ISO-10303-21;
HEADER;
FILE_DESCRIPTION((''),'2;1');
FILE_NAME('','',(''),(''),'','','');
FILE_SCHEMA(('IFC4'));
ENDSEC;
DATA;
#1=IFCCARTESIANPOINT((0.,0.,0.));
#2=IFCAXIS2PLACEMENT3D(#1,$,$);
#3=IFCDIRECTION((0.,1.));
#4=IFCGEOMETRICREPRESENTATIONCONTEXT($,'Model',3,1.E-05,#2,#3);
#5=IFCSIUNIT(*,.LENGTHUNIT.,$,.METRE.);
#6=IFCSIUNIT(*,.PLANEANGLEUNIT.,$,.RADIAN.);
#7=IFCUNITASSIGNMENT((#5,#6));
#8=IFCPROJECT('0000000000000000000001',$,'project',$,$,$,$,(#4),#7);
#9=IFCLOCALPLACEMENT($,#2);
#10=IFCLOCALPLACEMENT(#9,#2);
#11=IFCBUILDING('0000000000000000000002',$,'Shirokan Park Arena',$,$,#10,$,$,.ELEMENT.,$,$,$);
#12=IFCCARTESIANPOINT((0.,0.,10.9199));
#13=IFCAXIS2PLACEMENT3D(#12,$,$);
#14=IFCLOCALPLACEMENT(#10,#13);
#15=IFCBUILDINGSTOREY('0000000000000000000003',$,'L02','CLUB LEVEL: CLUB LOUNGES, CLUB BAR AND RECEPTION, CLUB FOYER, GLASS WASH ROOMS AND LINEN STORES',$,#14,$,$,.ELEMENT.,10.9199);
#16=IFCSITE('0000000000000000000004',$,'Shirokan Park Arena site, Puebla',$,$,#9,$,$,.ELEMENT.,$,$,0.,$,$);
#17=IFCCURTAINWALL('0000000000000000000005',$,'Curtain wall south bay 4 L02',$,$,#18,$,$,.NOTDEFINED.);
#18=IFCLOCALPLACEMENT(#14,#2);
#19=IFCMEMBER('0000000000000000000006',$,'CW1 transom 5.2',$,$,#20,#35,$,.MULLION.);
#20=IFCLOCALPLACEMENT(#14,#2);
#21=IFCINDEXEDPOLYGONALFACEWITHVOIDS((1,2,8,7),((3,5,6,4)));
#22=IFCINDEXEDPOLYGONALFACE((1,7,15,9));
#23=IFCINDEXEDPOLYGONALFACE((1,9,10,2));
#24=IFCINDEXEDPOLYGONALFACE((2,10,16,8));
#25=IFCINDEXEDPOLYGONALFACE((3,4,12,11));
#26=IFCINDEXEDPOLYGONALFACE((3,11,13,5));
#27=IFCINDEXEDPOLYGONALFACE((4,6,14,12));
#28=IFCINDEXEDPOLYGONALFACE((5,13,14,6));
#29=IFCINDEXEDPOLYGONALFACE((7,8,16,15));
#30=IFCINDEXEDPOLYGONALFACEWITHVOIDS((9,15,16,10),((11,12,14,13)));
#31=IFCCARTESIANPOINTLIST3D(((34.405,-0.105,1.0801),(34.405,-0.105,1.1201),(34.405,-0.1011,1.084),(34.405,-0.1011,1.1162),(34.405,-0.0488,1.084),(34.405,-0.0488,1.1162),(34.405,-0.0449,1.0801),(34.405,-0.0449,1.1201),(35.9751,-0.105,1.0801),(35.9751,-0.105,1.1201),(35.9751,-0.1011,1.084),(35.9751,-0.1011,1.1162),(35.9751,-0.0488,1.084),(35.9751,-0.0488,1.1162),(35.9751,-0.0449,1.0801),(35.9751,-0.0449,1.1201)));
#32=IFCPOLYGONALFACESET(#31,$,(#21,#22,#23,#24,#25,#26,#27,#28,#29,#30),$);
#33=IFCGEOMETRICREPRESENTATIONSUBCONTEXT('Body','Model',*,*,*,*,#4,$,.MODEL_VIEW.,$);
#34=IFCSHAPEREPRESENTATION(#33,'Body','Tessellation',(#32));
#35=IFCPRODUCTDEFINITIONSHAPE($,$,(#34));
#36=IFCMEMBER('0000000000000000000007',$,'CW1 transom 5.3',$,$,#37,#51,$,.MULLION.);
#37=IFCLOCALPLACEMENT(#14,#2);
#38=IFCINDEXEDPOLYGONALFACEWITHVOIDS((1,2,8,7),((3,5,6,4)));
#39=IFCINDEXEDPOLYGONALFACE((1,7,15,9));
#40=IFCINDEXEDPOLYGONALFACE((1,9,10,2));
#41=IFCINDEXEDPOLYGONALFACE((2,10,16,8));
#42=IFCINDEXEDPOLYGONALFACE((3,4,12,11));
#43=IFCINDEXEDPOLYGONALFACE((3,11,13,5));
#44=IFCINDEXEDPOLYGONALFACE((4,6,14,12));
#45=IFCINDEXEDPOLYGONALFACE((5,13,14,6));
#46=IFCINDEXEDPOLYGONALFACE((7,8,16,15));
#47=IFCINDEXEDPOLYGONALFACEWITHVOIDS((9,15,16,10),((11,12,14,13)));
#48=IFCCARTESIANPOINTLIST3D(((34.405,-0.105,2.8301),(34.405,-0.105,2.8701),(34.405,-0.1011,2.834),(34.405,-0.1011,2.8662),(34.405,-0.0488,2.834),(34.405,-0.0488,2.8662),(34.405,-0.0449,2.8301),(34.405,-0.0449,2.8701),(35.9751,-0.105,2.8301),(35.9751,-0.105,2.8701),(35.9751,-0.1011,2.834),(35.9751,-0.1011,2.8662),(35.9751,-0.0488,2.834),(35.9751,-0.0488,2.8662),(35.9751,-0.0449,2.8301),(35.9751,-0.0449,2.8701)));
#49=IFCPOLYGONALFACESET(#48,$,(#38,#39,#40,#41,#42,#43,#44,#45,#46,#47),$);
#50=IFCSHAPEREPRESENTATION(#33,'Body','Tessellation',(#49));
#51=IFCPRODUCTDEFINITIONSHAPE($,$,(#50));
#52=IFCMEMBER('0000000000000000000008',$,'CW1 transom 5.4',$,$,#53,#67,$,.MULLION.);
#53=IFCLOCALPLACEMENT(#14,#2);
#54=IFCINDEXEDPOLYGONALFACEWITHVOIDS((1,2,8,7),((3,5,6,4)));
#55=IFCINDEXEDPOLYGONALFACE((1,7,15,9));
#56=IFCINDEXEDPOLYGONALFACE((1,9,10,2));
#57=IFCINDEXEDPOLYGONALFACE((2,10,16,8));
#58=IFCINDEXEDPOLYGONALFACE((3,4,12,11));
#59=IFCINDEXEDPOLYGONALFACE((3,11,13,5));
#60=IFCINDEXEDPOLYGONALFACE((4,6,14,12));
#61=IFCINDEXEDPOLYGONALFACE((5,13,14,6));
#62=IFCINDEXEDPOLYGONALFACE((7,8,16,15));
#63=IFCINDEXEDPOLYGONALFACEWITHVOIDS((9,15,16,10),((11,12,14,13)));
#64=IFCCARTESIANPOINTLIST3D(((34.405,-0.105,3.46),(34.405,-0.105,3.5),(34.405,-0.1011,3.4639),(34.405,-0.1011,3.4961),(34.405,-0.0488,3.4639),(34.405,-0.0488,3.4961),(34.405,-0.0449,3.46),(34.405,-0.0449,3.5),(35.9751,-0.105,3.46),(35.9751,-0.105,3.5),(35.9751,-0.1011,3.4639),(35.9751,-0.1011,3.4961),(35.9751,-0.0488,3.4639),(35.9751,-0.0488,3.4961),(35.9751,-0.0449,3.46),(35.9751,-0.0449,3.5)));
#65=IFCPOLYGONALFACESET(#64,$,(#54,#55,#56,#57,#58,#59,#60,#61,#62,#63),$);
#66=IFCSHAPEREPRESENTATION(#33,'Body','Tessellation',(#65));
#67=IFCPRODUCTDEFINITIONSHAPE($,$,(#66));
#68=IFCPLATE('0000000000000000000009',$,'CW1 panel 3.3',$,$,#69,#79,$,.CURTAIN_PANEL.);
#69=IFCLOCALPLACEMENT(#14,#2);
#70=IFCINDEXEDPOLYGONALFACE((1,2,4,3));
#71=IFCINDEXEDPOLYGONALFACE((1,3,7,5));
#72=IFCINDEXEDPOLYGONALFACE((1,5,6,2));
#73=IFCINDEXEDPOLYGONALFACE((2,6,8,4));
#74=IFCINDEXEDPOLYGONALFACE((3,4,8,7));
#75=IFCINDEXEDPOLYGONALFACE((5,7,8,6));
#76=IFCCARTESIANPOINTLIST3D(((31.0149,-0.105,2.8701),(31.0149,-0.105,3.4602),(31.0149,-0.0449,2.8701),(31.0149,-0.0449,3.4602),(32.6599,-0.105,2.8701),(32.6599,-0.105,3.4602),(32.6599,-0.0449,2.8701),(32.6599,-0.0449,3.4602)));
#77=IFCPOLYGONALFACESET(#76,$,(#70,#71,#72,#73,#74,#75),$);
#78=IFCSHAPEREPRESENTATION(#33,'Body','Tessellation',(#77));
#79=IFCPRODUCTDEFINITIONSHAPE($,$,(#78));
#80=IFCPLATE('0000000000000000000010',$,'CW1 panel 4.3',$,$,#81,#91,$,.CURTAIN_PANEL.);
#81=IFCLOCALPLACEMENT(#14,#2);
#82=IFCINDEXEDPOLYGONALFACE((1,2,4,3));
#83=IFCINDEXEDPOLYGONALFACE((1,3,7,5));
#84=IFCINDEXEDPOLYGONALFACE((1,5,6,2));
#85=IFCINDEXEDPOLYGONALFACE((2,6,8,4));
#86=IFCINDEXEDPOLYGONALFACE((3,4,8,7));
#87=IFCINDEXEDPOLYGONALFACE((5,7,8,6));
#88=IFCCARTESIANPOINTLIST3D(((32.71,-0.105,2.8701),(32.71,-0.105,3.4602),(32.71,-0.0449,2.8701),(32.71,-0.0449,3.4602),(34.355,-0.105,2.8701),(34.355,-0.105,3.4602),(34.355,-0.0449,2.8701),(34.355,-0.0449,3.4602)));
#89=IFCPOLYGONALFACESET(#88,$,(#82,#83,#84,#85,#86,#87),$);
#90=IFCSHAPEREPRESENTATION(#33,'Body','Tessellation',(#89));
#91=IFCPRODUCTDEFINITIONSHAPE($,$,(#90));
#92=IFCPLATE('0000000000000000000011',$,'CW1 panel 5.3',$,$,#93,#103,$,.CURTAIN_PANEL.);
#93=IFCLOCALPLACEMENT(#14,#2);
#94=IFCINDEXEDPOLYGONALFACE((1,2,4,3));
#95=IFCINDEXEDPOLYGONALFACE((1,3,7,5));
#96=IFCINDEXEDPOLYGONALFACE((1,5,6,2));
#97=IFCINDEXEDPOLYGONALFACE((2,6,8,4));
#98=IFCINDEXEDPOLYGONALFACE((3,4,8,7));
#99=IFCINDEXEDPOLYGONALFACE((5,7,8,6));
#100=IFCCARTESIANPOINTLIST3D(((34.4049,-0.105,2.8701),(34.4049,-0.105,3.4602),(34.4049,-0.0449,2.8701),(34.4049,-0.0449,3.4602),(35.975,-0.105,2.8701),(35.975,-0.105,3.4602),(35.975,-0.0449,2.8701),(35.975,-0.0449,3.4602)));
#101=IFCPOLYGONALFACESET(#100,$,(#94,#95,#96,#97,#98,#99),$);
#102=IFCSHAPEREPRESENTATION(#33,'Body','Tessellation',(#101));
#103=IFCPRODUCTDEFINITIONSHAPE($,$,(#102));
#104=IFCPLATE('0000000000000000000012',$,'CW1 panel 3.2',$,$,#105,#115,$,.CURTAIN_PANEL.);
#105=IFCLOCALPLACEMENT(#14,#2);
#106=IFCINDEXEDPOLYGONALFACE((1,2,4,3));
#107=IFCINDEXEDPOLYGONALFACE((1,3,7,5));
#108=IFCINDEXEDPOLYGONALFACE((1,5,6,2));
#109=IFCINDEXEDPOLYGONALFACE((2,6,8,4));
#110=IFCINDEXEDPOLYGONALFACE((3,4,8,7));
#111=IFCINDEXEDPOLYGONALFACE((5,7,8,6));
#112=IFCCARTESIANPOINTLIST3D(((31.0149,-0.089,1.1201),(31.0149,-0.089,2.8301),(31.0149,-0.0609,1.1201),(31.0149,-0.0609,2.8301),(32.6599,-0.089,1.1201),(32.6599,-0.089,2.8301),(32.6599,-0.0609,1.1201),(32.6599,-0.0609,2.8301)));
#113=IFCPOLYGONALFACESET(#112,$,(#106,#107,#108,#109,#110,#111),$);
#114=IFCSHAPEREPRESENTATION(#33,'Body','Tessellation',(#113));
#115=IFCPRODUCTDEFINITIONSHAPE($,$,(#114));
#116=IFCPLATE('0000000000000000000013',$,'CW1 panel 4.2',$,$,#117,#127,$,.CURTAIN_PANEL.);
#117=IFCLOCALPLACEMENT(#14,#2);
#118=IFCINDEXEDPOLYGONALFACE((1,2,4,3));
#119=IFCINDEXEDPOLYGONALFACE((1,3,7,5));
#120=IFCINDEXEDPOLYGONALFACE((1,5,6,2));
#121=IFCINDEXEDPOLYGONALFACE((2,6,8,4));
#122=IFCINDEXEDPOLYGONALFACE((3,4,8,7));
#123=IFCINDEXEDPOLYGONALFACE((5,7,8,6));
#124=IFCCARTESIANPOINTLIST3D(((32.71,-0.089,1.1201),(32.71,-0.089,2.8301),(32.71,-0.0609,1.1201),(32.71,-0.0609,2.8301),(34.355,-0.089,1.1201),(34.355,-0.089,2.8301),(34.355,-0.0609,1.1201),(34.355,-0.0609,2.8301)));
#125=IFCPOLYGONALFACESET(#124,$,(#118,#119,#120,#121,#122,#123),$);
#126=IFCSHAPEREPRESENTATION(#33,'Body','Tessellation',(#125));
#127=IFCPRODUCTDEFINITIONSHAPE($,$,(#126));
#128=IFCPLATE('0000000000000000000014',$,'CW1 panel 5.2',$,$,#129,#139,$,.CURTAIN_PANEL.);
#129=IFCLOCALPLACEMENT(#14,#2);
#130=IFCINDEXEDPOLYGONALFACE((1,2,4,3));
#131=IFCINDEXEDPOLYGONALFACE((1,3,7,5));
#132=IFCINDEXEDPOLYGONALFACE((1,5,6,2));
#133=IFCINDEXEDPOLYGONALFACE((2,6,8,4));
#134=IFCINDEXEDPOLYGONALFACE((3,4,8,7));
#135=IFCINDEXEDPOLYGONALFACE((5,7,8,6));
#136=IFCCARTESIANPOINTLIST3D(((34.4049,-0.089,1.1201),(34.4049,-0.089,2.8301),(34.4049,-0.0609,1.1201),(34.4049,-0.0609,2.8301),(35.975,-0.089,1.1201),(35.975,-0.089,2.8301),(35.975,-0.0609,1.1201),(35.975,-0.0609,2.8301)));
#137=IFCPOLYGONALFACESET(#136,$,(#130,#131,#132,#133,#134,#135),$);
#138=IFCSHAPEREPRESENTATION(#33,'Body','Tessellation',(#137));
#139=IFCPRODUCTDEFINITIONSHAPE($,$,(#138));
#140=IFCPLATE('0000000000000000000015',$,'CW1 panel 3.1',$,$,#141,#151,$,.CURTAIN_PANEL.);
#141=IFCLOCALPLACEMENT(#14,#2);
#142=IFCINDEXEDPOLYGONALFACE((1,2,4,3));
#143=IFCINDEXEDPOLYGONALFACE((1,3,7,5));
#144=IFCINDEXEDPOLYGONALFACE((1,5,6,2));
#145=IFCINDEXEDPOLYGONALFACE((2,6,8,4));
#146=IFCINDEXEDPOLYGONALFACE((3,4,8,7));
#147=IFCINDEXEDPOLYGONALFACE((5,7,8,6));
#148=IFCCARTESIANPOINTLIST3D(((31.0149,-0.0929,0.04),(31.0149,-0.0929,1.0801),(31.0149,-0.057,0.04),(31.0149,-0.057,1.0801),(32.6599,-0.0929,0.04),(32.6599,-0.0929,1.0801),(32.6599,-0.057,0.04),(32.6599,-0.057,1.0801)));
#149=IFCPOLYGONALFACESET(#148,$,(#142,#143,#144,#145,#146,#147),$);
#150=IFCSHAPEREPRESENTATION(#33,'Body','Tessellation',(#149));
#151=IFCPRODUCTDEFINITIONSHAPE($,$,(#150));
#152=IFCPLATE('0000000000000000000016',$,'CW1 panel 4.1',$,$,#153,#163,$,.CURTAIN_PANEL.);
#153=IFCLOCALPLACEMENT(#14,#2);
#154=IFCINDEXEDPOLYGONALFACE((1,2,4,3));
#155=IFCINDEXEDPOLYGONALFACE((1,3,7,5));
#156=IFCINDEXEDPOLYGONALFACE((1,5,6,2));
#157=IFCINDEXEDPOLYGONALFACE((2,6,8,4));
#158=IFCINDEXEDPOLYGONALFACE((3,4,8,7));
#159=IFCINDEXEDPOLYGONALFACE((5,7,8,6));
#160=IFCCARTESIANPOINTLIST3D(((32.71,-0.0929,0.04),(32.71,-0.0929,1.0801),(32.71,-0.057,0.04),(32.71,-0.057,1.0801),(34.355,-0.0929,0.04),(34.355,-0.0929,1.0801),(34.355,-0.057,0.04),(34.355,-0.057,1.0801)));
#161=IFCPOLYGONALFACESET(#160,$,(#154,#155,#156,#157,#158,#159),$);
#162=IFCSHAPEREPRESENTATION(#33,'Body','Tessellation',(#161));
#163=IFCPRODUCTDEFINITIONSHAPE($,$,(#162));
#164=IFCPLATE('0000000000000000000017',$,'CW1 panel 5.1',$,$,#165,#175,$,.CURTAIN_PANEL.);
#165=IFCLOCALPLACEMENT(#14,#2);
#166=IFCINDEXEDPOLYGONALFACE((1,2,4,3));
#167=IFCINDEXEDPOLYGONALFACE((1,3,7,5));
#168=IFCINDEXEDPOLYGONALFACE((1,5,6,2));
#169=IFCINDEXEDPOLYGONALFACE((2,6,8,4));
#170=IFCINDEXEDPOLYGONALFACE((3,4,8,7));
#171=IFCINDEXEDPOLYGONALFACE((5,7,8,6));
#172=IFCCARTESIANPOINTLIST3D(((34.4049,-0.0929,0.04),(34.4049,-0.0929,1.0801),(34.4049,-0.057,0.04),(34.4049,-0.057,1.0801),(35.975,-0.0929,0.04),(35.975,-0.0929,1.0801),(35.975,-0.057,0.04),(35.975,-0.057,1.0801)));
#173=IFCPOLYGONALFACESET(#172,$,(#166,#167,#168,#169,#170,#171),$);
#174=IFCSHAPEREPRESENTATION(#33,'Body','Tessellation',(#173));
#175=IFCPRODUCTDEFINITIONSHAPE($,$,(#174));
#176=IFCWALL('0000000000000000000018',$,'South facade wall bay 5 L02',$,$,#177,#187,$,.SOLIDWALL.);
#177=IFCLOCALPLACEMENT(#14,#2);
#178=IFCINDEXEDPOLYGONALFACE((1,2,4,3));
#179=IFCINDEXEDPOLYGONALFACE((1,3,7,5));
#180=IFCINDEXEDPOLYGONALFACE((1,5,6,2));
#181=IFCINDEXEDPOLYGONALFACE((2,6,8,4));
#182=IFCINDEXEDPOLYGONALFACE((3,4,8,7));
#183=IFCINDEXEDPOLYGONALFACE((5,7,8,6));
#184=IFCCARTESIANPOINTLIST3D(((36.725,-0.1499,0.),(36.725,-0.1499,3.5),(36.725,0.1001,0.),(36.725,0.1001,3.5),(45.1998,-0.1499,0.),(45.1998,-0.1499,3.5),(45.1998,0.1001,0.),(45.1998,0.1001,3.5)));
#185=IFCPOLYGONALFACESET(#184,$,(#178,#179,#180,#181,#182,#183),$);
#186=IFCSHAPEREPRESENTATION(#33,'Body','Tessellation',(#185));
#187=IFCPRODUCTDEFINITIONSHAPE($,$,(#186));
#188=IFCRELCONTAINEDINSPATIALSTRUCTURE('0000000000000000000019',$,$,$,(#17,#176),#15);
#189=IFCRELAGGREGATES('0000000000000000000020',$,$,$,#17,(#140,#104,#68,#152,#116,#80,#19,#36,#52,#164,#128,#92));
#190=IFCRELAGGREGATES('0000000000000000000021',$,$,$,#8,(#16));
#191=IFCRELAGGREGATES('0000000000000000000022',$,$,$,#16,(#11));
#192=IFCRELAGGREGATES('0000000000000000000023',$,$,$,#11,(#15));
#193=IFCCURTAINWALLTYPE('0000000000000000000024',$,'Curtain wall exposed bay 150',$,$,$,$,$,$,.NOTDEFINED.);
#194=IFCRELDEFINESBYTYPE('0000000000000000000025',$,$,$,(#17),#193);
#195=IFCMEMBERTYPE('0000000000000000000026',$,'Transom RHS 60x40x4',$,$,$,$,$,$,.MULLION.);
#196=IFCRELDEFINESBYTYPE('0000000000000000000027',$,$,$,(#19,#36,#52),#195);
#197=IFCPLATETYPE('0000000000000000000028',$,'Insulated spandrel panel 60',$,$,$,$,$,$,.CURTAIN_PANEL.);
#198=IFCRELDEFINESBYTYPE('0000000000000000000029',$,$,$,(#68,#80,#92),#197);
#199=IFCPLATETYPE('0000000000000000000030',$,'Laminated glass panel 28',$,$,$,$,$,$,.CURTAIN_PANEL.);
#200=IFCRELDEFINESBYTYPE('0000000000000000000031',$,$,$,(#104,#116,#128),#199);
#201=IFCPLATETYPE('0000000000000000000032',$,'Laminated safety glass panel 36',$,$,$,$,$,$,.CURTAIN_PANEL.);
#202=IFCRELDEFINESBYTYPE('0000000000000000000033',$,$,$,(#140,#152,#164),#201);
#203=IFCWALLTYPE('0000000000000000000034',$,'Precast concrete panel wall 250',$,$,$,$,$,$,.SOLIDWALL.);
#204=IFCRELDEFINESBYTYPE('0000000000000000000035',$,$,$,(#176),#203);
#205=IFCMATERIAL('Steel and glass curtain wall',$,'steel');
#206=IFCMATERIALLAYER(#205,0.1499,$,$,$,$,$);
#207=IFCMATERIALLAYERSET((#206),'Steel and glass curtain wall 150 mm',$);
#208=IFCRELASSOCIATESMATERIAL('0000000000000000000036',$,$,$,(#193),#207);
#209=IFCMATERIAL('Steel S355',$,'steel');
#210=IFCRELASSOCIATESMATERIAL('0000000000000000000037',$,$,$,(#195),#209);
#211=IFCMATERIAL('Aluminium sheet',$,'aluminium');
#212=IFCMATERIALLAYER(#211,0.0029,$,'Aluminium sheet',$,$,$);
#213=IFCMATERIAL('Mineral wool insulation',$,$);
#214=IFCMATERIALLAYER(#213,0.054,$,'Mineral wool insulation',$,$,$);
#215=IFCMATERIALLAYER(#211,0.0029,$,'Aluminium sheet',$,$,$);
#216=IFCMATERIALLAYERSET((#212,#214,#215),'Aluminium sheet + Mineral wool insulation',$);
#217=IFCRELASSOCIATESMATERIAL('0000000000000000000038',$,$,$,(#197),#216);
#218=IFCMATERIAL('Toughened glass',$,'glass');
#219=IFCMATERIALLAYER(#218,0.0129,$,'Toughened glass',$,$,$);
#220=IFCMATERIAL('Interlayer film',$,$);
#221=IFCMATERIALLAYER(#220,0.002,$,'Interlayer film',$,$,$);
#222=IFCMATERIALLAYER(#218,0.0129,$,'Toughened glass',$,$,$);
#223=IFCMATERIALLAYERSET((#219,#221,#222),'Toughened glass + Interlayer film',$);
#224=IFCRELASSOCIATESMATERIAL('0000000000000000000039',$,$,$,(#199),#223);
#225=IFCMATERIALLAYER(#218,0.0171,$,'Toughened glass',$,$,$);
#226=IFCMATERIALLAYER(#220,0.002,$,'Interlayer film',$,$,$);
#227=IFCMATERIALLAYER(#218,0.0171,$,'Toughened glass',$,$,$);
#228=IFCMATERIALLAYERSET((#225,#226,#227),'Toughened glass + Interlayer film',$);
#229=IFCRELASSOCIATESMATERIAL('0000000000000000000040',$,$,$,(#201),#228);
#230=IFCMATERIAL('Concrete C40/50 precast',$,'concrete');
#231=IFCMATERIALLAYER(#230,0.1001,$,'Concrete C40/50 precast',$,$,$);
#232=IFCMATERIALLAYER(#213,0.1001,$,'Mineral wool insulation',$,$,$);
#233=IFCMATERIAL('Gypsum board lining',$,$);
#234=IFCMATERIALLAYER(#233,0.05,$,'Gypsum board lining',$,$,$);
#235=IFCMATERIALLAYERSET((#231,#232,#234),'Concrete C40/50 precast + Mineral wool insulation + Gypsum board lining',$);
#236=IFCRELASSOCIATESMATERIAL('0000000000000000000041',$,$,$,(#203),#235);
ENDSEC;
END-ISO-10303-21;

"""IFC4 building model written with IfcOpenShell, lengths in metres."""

from ifc_helpers import new_model, si_unit, direction, frame, frame_2d, origin, origin_2d, place, context, subcontext, project, spatial, rectangle, hollow_rectangle, extrude, material, layer, layer_set, material_profile, profile_set, type_object, element, aggregate, save


model = new_model("IFC4")

# Units and contexts
model_context = context("Model", 3, precision=1e-05, world=origin(), true_north=direction((0.0, 1.0)))
body_context = subcontext(model_context, "Body", "Model", "MODEL_VIEW")
ifc_project = project(units=[si_unit("LENGTHUNIT", "METRE"), si_unit("PLANEANGLEUNIT", "RADIAN")], contexts=[model_context])

# Site, building, storey
site_placement = place(None, origin())
site = spatial("IfcSite", under=ifc_project, at=site_placement, Name="Shirokan Park Arena site, Puebla", CompositionType="ELEMENT", RefElevation=0.0)
building_placement = place(site_placement, origin())
building = spatial("IfcBuilding", under=site, at=building_placement, Name="Shirokan Park Arena", CompositionType="ELEMENT")
storey_placement = place(building_placement, frame((0.0, 0.0, 10.9199)))
storey = spatial("IfcBuildingStorey", under=building, at=storey_placement, Name="L02", Description="CLUB LEVEL: CLUB LOUNGES, CLUB BAR AND RECEPTION, CLUB FOYER, GLASS WASH ROOMS AND LINEN STORES", CompositionType="ELEMENT", Elevation=10.9199)

# Curtain wall
ifc_material_1 = material(Name="Steel and glass curtain wall", Category="steel")
ifc_layer_1 = layer(ifc_material_1, 0.1499)
ifc_layer_set_1 = layer_set([ifc_layer_1], Name="Steel and glass curtain wall 150 mm")
curtain_wall_type = type_object("IfcCurtainWallType", Name="Curtain wall exposed bay 150", PredefinedType="NOTDEFINED", material=ifc_layer_set_1)
curtain_wall_placement = place(storey_placement, origin())
curtain_wall = element("IfcCurtainWall", 1, at=curtain_wall_placement, inside=storey, type_object=curtain_wall_type, Name="Curtain wall south bay 4 L02", PredefinedType="NOTDEFINED")
ifc_material_2 = material(Name="Steel S355", Category="steel")

# Members
ifc_material_profile_1 = material_profile(ifc_material_2, hollow_rectangle(XDim=0.0601, YDim=0.04, WallThickness=0.0039, at=origin_2d()), Name="RHS 60x40x4")
ifc_profile_set_1 = profile_set([ifc_material_profile_1], Name="Steel S355")
member_type_1 = type_object("IfcMemberType", Name="Transom RHS 60x40x4", PredefinedType="MULLION", material=ifc_profile_set_1)
member_1_placement = place(storey_placement, frame((34.405, -0.075, 1.1001), z_axis=(1.0, 0.0, 0.0), x_axis=(0.0, 1.0, 0.0)))
member_1 = element("IfcMember", 2, at=member_1_placement, type_object=member_type_1, Name="CW1 transom 5.2", PredefinedType="MULLION", context=body_context, shape_type="SweptSolid", body=[
    extrude(hollow_rectangle(XDim=0.0601, YDim=0.04, WallThickness=0.0039, at=origin_2d()), origin(), (0.0, 0.0, 1.0), 1.5701),
])
member_2_placement = place(storey_placement, frame((34.405, -0.075, 2.8501), z_axis=(1.0, 0.0, 0.0), x_axis=(0.0, 1.0, 0.0)))
member_2 = element("IfcMember", 3, at=member_2_placement, type_object=member_type_1, Name="CW1 transom 5.3", PredefinedType="MULLION", context=body_context, shape_type="SweptSolid", body=[
    extrude(hollow_rectangle(XDim=0.0601, YDim=0.04, WallThickness=0.0039, at=origin_2d()), origin(), (0.0, 0.0, 1.0), 1.5701),
])
member_3_placement = place(storey_placement, frame((34.405, -0.075, 3.48), z_axis=(1.0, 0.0, 0.0), x_axis=(0.0, 1.0, 0.0)))
member_3 = element("IfcMember", 4, at=member_3_placement, type_object=member_type_1, Name="CW1 transom 5.4", PredefinedType="MULLION", context=body_context, shape_type="SweptSolid", body=[
    extrude(hollow_rectangle(XDim=0.0601, YDim=0.04, WallThickness=0.0039, at=origin_2d()), origin(), (0.0, 0.0, 1.0), 1.5701),
])

# Plates
ifc_material_3 = material(Name="Aluminium sheet", Category="aluminium")
ifc_layer_2 = layer(ifc_material_3, 0.0029, Name="Aluminium sheet")
ifc_material_4 = material(Name="Mineral wool insulation")
ifc_layer_3 = layer(ifc_material_4, 0.054, Name="Mineral wool insulation")
ifc_layer_4 = layer(ifc_material_3, 0.0029, Name="Aluminium sheet")
ifc_layer_set_2 = layer_set([ifc_layer_2, ifc_layer_3, ifc_layer_4], Name="Aluminium sheet + Mineral wool insulation")
plate_type_1 = type_object("IfcPlateType", Name="Insulated spandrel panel 60", PredefinedType="CURTAIN_PANEL", material=ifc_layer_set_2)
plate_1_placement = place(storey_placement, frame((31.8374, -0.075, 2.8701), z_axis=(0.0, 0.0, 1.0), x_axis=(1.0, 0.0, 0.0)))
plate_1 = element("IfcPlate", 5, at=plate_1_placement, type_object=plate_type_1, Name="CW1 panel 3.3", PredefinedType="CURTAIN_PANEL", context=body_context, shape_type="SweptSolid", body=[
    extrude(rectangle(XDim=1.645, YDim=0.0601, at=origin_2d()), origin(), (0.0, 0.0, 1.0), 0.5901),
])
plate_2_placement = place(storey_placement, frame((33.5325, -0.075, 2.8701), z_axis=(0.0, 0.0, 1.0), x_axis=(1.0, 0.0, 0.0)))
plate_2 = element("IfcPlate", 6, at=plate_2_placement, type_object=plate_type_1, Name="CW1 panel 4.3", PredefinedType="CURTAIN_PANEL", context=body_context, shape_type="SweptSolid", body=[
    extrude(rectangle(XDim=1.645, YDim=0.0601, at=origin_2d()), origin(), (0.0, 0.0, 1.0), 0.5901),
])
plate_3_placement = place(storey_placement, frame((35.1899, -0.075, 2.8701), z_axis=(0.0, 0.0, 1.0), x_axis=(1.0, 0.0, 0.0)))
plate_3 = element("IfcPlate", 7, at=plate_3_placement, type_object=plate_type_1, Name="CW1 panel 5.3", PredefinedType="CURTAIN_PANEL", context=body_context, shape_type="SweptSolid", body=[
    extrude(rectangle(XDim=1.5701, YDim=0.0601, at=origin_2d()), origin(), (0.0, 0.0, 1.0), 0.5901),
])
ifc_material_5 = material(Name="Toughened glass", Category="glass")
ifc_layer_5 = layer(ifc_material_5, 0.0129, Name="Toughened glass")
ifc_material_6 = material(Name="Interlayer film")
ifc_layer_6 = layer(ifc_material_6, 0.002, Name="Interlayer film")
ifc_layer_7 = layer(ifc_material_5, 0.0129, Name="Toughened glass")
ifc_layer_set_3 = layer_set([ifc_layer_5, ifc_layer_6, ifc_layer_7], Name="Toughened glass + Interlayer film")
plate_type_2 = type_object("IfcPlateType", Name="Laminated glass panel 28", PredefinedType="CURTAIN_PANEL", material=ifc_layer_set_3)
plate_4_placement = place(storey_placement, frame((31.8374, -0.075, 1.1201), z_axis=(0.0, 0.0, 1.0), x_axis=(1.0, 0.0, 0.0)))
plate_4 = element("IfcPlate", 8, at=plate_4_placement, type_object=plate_type_2, Name="CW1 panel 3.2", PredefinedType="CURTAIN_PANEL", context=body_context, shape_type="SweptSolid", body=[
    extrude(rectangle(XDim=1.645, YDim=0.0281, at=origin_2d()), origin(), (0.0, 0.0, 1.0), 1.71),
])
plate_5_placement = place(storey_placement, frame((33.5325, -0.075, 1.1201), z_axis=(0.0, 0.0, 1.0), x_axis=(1.0, 0.0, 0.0)))
plate_5 = element("IfcPlate", 9, at=plate_5_placement, type_object=plate_type_2, Name="CW1 panel 4.2", PredefinedType="CURTAIN_PANEL", context=body_context, shape_type="SweptSolid", body=[
    extrude(rectangle(XDim=1.645, YDim=0.0281, at=origin_2d()), origin(), (0.0, 0.0, 1.0), 1.71),
])
plate_6_placement = place(storey_placement, frame((35.1899, -0.075, 1.1201), z_axis=(0.0, 0.0, 1.0), x_axis=(1.0, 0.0, 0.0)))
plate_6 = element("IfcPlate", 10, at=plate_6_placement, type_object=plate_type_2, Name="CW1 panel 5.2", PredefinedType="CURTAIN_PANEL", context=body_context, shape_type="SweptSolid", body=[
    extrude(rectangle(XDim=1.5701, YDim=0.0281, at=origin_2d()), origin(), (0.0, 0.0, 1.0), 1.71),
])
ifc_layer_8 = layer(ifc_material_5, 0.0171, Name="Toughened glass")
ifc_layer_9 = layer(ifc_material_6, 0.002, Name="Interlayer film")
ifc_layer_10 = layer(ifc_material_5, 0.0171, Name="Toughened glass")
ifc_layer_set_4 = layer_set([ifc_layer_8, ifc_layer_9, ifc_layer_10], Name="Toughened glass + Interlayer film")
plate_type_3 = type_object("IfcPlateType", Name="Laminated safety glass panel 36", PredefinedType="CURTAIN_PANEL", material=ifc_layer_set_4)
plate_7_placement = place(storey_placement, frame((31.8374, -0.075, 0.04), z_axis=(0.0, 0.0, 1.0), x_axis=(1.0, 0.0, 0.0)))
plate_7 = element("IfcPlate", 11, at=plate_7_placement, type_object=plate_type_3, Name="CW1 panel 3.1", PredefinedType="CURTAIN_PANEL", context=body_context, shape_type="SweptSolid", body=[
    extrude(rectangle(XDim=1.645, YDim=0.0359, at=origin_2d()), origin(), (0.0, 0.0, 1.0), 1.04),
])
plate_8_placement = place(storey_placement, frame((33.5325, -0.075, 0.04), z_axis=(0.0, 0.0, 1.0), x_axis=(1.0, 0.0, 0.0)))
plate_8 = element("IfcPlate", 12, at=plate_8_placement, type_object=plate_type_3, Name="CW1 panel 4.1", PredefinedType="CURTAIN_PANEL", context=body_context, shape_type="SweptSolid", body=[
    extrude(rectangle(XDim=1.645, YDim=0.0359, at=origin_2d()), origin(), (0.0, 0.0, 1.0), 1.04),
])
plate_9_placement = place(storey_placement, frame((35.1899, -0.075, 0.04), z_axis=(0.0, 0.0, 1.0), x_axis=(1.0, 0.0, 0.0)))
plate_9 = element("IfcPlate", 13, at=plate_9_placement, type_object=plate_type_3, Name="CW1 panel 5.1", PredefinedType="CURTAIN_PANEL", context=body_context, shape_type="SweptSolid", body=[
    extrude(rectangle(XDim=1.5701, YDim=0.0359, at=origin_2d()), origin(), (0.0, 0.0, 1.0), 1.04),
])
aggregate(curtain_wall, [plate_7, plate_4, plate_1, plate_8, plate_5, plate_2, member_1, member_2, member_3, plate_9, plate_6, plate_3])

# Wall
ifc_material_7 = material(Name="Concrete C40/50 precast", Category="concrete")
ifc_layer_11 = layer(ifc_material_7, 0.1001, Name="Concrete C40/50 precast")
ifc_layer_12 = layer(ifc_material_4, 0.1001, Name="Mineral wool insulation")
ifc_material_8 = material(Name="Gypsum board lining")
ifc_layer_13 = layer(ifc_material_8, 0.05, Name="Gypsum board lining")
ifc_layer_set_5 = layer_set([ifc_layer_11, ifc_layer_12, ifc_layer_13], Name="Concrete C40/50 precast + Mineral wool insulation + Gypsum board lining")
wall_type_1 = type_object("IfcWallType", Name="Precast concrete panel wall 250", PredefinedType="SOLIDWALL", material=ifc_layer_set_5)
wall_1_placement = place(storey_placement, frame((36.7251, -0.0249, 0.0), z_axis=(0.0, 0.0, 1.0), x_axis=(1.0, 0.0, 0.0)))
element("IfcWall", 14, at=wall_1_placement, inside=storey, type_object=wall_type_1, Name="South facade wall bay 5 L02", PredefinedType="SOLIDWALL", context=body_context, shape_type="SweptSolid", body=[
    extrude(rectangle(XDim=8.4749, YDim=0.25, at=frame_2d((4.2373, 0.0))), origin(), (0.0, 0.0, 1.0), 3.5),
])

save(model, "model.ifc")
